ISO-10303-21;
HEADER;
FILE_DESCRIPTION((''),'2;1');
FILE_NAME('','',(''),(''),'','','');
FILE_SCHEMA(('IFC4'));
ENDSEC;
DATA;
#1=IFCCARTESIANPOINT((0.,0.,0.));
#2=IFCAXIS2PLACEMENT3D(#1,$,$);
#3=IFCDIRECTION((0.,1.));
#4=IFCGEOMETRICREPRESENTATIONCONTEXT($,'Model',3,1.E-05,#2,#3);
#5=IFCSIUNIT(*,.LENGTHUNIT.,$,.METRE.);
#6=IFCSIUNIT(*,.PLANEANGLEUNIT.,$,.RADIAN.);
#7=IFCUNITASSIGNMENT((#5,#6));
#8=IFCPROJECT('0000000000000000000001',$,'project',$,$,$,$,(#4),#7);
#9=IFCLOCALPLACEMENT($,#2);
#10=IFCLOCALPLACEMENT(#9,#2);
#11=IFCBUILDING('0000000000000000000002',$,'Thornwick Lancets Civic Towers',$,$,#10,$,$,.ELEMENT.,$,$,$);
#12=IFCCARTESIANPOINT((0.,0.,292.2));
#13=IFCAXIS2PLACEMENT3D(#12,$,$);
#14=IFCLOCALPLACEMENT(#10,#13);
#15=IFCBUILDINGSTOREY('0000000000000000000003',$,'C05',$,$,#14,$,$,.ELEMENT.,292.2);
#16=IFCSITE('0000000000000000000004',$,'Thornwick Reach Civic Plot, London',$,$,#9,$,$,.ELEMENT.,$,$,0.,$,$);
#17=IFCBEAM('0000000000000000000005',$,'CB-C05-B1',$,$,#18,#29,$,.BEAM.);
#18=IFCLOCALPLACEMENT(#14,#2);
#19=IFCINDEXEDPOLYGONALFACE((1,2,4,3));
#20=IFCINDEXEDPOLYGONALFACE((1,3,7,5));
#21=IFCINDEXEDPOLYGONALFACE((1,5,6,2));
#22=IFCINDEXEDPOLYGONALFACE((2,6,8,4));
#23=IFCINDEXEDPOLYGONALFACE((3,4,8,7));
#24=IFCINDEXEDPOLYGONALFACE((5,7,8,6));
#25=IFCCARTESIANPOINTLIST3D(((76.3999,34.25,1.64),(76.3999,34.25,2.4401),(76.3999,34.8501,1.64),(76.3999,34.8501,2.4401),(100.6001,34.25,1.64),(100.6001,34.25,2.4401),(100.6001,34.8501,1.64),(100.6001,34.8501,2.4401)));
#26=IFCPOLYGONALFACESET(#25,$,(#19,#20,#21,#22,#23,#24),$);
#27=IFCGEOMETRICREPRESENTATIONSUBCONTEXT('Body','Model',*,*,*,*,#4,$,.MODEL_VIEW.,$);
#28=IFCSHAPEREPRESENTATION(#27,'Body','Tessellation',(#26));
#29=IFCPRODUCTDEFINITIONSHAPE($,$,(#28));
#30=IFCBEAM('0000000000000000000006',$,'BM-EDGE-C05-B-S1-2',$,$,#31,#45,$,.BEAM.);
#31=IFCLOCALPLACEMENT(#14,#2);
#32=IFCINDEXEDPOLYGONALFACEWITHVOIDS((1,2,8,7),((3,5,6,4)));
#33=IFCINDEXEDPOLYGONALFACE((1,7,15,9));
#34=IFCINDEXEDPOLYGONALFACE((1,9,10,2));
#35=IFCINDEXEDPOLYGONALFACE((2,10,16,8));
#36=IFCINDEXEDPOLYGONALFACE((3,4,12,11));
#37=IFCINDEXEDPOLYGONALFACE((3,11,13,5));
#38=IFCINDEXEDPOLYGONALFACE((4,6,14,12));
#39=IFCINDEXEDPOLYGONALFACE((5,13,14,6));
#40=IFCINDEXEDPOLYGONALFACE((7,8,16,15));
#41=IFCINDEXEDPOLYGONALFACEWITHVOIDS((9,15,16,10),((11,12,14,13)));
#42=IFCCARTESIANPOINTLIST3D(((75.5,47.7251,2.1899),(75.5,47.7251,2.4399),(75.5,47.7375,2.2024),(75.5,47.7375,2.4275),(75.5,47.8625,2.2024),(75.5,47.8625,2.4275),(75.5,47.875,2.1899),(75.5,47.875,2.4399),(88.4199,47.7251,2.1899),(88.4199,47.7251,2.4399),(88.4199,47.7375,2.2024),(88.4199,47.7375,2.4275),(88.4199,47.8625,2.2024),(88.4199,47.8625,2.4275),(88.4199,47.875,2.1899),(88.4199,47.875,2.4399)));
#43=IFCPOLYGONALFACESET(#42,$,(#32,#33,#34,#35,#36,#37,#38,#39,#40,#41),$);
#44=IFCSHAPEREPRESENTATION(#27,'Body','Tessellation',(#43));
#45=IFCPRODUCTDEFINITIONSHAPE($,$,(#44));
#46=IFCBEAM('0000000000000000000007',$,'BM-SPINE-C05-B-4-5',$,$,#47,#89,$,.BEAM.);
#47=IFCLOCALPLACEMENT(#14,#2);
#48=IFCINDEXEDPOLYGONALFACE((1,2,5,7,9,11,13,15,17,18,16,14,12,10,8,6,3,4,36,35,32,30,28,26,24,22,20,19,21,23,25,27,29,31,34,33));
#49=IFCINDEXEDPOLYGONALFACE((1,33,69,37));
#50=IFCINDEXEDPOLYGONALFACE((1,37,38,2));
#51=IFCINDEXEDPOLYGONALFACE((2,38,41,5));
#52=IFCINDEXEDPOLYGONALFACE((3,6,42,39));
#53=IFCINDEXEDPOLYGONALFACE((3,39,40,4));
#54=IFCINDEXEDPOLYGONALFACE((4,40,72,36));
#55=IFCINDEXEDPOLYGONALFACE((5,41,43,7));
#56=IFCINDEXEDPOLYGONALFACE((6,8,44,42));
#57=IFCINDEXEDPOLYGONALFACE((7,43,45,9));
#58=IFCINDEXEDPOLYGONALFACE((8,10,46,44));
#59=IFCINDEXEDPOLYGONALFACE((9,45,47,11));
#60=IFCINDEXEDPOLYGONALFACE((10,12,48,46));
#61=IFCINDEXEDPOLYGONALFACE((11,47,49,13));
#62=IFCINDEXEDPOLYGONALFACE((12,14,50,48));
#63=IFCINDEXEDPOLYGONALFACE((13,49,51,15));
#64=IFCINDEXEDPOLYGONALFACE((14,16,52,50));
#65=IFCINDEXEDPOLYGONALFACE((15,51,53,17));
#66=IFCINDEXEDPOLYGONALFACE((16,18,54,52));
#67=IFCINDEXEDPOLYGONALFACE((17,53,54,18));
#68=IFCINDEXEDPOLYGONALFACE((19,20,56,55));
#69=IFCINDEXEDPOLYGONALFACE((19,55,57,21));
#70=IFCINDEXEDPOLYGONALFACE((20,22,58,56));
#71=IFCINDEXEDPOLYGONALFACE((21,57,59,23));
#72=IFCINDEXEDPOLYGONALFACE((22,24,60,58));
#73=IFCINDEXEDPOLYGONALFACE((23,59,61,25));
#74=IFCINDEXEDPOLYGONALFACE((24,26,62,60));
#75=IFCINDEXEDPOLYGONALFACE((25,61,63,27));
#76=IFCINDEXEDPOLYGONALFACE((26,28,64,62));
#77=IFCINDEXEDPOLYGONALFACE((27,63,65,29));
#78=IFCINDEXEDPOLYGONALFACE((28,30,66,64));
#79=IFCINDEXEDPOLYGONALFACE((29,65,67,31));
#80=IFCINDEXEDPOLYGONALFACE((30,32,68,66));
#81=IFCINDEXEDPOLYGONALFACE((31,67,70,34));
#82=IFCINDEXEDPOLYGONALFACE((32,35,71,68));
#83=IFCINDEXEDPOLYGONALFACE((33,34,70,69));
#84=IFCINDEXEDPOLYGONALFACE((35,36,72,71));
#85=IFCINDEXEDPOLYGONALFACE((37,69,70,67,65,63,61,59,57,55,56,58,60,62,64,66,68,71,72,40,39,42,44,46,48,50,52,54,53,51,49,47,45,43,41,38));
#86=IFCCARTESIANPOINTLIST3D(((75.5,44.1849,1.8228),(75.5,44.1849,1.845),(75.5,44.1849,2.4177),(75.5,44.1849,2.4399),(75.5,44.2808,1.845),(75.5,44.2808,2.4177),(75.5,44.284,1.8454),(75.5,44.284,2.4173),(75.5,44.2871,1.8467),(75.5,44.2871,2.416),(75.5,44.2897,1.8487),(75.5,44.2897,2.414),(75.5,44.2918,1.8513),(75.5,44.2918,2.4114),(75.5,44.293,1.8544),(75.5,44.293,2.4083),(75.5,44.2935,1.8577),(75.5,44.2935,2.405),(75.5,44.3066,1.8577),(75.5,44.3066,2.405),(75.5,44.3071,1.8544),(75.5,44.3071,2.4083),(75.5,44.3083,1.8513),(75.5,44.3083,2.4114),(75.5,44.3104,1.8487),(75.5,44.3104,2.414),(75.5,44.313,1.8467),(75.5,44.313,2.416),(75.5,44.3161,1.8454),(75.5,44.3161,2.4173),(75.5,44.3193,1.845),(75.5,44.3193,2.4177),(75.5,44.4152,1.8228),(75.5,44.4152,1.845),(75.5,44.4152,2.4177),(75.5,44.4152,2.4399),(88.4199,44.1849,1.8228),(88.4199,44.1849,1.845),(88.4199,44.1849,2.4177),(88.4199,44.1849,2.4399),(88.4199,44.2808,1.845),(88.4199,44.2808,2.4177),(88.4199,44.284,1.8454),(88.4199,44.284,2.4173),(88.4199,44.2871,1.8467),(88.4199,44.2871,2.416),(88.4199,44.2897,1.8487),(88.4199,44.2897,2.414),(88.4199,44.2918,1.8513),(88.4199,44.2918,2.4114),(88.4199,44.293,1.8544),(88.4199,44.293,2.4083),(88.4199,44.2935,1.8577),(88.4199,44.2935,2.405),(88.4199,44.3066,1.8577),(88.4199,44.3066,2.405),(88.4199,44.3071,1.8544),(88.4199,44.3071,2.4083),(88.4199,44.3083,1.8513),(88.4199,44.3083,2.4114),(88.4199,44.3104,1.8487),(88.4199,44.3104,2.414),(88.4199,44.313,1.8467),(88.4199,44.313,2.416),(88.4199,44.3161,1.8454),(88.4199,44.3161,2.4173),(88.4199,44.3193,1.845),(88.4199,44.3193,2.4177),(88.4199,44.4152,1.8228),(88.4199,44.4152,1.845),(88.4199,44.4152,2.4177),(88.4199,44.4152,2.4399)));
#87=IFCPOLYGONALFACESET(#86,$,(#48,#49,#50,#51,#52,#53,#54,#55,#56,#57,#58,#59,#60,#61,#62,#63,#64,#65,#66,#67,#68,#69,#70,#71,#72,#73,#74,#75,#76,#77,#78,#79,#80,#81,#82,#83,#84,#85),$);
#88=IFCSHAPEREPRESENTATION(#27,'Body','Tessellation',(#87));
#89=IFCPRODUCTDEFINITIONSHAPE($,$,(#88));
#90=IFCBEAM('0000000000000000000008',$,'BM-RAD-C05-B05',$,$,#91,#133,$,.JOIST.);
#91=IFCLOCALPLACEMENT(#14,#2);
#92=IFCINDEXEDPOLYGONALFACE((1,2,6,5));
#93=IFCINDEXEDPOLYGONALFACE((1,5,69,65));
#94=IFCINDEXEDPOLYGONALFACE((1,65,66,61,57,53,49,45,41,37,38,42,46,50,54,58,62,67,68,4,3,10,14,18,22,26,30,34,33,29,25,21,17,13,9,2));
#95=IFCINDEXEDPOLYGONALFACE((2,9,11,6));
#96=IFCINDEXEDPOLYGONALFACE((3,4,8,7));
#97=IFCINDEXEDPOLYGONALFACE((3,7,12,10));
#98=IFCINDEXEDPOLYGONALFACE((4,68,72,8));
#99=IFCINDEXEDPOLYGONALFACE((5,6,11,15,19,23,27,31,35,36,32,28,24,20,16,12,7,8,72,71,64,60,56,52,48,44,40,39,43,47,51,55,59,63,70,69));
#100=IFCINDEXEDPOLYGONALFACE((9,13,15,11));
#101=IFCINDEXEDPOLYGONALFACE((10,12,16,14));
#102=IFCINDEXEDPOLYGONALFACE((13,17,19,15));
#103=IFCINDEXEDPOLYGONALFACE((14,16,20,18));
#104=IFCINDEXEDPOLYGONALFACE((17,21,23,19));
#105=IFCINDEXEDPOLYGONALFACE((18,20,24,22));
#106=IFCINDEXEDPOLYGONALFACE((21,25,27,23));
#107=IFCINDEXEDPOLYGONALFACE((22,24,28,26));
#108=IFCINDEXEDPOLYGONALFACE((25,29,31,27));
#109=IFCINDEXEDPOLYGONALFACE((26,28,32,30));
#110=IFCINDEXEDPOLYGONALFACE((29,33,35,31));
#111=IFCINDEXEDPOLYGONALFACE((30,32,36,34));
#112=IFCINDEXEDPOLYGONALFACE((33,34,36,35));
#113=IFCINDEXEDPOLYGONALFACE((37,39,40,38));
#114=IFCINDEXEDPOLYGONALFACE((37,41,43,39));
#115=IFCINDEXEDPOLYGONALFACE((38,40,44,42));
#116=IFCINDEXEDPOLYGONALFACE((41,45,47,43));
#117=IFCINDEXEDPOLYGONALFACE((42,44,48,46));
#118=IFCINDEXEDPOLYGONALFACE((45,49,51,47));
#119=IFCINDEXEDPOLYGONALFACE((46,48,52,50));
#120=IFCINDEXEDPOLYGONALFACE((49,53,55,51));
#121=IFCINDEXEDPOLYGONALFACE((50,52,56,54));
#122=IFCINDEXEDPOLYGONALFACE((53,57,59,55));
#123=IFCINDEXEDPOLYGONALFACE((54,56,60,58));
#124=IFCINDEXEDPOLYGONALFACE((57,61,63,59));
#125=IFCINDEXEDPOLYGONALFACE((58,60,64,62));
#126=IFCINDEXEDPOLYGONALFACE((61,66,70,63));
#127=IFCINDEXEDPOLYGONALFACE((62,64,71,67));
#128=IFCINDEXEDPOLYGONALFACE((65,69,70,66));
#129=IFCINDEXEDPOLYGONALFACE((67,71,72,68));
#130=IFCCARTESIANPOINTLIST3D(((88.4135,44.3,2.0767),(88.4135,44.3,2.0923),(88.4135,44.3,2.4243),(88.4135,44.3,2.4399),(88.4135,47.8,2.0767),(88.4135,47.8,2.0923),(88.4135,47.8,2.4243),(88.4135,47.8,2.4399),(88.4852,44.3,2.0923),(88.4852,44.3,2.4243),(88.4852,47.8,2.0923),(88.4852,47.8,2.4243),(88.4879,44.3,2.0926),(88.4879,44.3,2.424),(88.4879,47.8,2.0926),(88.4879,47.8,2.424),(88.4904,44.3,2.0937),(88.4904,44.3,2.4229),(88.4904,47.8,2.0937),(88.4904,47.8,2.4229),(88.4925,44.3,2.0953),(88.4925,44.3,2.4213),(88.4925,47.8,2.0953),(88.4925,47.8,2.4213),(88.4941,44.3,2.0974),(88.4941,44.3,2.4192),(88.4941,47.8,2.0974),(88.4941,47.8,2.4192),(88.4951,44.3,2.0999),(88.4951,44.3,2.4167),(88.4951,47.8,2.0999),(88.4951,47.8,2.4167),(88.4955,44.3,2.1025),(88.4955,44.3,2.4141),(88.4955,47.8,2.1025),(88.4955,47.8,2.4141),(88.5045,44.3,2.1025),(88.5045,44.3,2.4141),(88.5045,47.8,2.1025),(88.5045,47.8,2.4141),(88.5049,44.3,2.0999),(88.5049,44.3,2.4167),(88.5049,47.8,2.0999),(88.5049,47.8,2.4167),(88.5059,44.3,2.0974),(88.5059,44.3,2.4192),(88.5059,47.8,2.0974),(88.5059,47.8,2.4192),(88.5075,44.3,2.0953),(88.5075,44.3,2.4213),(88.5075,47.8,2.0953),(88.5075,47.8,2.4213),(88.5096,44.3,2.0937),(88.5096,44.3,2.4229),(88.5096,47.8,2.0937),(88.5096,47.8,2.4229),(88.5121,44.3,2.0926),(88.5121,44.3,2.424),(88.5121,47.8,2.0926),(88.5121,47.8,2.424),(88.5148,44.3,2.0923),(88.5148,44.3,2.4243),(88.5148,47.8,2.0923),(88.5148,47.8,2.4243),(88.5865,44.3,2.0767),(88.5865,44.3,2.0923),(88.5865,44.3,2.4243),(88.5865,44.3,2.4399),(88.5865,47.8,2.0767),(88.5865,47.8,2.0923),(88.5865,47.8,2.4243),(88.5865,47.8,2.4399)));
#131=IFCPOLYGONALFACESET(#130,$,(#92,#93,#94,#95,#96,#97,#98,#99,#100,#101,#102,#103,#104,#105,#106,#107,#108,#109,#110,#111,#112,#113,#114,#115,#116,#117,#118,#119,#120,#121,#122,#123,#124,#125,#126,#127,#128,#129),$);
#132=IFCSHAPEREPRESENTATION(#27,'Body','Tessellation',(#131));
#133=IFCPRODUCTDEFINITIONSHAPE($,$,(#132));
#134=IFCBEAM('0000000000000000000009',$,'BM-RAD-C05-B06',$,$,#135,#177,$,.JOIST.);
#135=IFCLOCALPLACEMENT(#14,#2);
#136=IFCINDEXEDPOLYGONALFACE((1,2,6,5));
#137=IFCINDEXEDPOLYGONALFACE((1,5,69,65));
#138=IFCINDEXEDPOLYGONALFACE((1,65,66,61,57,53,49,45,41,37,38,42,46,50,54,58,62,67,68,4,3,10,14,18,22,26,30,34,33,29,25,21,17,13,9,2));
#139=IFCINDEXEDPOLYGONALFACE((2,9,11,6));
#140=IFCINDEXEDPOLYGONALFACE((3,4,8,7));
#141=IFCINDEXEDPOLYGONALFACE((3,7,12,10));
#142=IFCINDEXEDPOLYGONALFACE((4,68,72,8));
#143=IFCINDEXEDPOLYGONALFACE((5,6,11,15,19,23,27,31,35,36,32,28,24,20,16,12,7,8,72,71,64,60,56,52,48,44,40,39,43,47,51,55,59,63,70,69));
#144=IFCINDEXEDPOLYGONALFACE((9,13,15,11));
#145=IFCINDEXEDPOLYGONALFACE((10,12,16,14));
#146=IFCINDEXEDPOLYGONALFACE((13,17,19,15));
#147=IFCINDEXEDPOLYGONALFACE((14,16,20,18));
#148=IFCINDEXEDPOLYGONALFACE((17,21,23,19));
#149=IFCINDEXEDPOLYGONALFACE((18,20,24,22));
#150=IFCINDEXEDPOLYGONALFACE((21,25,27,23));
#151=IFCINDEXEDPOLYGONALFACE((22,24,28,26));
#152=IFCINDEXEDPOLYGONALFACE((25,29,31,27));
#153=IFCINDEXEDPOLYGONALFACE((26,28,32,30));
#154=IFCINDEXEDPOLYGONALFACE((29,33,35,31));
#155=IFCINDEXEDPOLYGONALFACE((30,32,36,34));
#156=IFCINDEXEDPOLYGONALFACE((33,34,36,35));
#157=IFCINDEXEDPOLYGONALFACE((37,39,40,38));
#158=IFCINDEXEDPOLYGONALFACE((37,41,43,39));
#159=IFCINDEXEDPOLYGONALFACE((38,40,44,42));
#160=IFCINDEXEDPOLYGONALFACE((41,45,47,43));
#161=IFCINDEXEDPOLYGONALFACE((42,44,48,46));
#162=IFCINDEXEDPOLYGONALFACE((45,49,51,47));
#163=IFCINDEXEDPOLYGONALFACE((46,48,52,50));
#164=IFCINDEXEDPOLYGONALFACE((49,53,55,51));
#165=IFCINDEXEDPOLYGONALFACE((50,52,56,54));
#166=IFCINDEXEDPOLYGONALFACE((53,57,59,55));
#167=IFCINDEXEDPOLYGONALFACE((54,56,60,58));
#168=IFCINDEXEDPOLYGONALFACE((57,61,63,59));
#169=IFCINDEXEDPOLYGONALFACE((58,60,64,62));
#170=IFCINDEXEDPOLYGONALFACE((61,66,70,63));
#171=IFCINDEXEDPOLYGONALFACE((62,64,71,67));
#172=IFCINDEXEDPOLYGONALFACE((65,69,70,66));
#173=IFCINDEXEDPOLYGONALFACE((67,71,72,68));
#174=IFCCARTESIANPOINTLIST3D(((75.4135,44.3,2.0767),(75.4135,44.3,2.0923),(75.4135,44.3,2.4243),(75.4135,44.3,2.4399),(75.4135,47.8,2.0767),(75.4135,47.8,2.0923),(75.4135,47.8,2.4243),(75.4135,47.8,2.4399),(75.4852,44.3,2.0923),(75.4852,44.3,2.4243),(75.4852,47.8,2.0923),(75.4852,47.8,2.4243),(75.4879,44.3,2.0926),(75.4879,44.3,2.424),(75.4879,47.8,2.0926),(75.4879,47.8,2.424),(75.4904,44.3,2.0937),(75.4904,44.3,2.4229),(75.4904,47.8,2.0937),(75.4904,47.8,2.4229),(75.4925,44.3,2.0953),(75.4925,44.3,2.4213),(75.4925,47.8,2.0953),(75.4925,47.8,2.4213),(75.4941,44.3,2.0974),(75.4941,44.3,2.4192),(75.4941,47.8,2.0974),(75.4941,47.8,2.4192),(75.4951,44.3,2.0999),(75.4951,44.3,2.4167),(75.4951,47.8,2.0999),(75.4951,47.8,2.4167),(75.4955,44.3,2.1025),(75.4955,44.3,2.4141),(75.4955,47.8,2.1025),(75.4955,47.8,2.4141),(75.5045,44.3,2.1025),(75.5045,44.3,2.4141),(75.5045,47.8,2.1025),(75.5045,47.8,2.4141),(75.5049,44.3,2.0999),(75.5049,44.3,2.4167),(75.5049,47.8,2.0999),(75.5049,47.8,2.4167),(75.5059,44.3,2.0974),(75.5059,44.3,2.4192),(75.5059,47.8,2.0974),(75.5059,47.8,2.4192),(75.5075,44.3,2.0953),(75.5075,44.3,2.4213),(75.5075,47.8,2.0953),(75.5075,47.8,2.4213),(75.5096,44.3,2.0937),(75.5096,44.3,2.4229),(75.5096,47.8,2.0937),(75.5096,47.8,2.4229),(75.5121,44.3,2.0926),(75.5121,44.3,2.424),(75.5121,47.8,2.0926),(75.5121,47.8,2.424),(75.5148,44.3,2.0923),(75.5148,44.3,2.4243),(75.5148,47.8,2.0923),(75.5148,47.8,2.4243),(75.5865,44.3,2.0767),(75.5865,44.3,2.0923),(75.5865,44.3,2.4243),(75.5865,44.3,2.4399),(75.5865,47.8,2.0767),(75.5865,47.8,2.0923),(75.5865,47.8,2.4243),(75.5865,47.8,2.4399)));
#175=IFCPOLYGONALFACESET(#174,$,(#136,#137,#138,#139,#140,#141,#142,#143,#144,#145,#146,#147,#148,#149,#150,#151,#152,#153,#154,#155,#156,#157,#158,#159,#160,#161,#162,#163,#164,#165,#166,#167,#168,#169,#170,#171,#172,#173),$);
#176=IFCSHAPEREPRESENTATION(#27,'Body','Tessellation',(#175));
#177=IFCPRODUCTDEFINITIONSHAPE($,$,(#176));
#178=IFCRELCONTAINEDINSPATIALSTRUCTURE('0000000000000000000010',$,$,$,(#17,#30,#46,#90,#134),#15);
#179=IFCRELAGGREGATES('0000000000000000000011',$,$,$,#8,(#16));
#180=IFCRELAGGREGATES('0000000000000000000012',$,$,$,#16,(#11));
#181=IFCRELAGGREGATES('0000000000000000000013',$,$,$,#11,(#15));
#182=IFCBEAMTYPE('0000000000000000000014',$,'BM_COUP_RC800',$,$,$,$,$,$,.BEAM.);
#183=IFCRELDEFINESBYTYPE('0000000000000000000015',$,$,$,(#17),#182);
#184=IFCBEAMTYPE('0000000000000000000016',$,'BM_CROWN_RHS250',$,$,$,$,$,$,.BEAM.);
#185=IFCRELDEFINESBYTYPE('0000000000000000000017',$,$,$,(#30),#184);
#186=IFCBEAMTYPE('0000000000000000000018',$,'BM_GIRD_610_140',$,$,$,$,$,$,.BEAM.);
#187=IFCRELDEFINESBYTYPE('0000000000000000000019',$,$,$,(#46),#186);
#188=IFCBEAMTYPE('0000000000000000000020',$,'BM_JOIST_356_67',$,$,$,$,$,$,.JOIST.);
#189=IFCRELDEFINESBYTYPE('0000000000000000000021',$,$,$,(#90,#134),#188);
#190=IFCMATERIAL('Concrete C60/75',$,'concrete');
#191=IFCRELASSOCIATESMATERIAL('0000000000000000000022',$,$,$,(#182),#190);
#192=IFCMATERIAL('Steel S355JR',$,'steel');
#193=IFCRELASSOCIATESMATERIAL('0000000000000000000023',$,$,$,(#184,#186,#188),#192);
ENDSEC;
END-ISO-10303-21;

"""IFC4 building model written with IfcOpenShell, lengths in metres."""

from ifc_helpers import new_model, si_unit, direction, frame, origin, origin_2d, place, context, subcontext, project, spatial, rectangle, hollow_rectangle, i_section, extrude, material, material_profile, profile_set, type_object, element, save


model = new_model("IFC4")

# Units and contexts
model_context = context("Model", 3, precision=1e-05, world=origin(), true_north=direction((0.0, 1.0)))
body_context = subcontext(model_context, "Body", "Model", "MODEL_VIEW")
ifc_project = project(units=[si_unit("LENGTHUNIT", "METRE"), si_unit("PLANEANGLEUNIT", "RADIAN")], contexts=[model_context])

# Site, building, storey
site_placement = place(None, origin())
site = spatial("IfcSite", under=ifc_project, at=site_placement, Name="Thornwick Reach Civic Plot, London", CompositionType="ELEMENT", RefElevation=0.0)
building_placement = place(site_placement, origin())
building = spatial("IfcBuilding", under=site, at=building_placement, Name="Thornwick Lancets Civic Towers", CompositionType="ELEMENT")
storey_placement = place(building_placement, frame((0.0, 0.0, 292.2)))
storey = spatial("IfcBuildingStorey", under=building, at=storey_placement, Name="C05", CompositionType="ELEMENT", Elevation=292.2)

# Shared definitions
ifc_material_1 = material(Name="Steel S355JR", Category="steel")

# Beams
ifc_material_2 = material(Name="Concrete C60/75", Category="concrete")
ifc_material_profile_1 = material_profile(ifc_material_2, rectangle(XDim=0.6001, YDim=0.8, at=origin_2d()), Name="RC 600x800")
ifc_profile_set_1 = profile_set([ifc_material_profile_1], Name="Concrete C60/75")
beam_type_1 = type_object("IfcBeamType", Name="BM_COUP_RC800", PredefinedType="BEAM", material=ifc_profile_set_1)
beam_1_placement = place(storey_placement, frame((76.3999, 34.55, 2.04), z_axis=(1.0, 0.0, 0.0), x_axis=(0.0, 1.0, 0.0)))
element("IfcBeam", 1, at=beam_1_placement, inside=storey, type_object=beam_type_1, Name="CB-C05-B1", PredefinedType="BEAM", context=body_context, shape_type="SweptSolid", body=[
    extrude(rectangle(XDim=0.6001, YDim=0.8, at=origin_2d()), origin(), (0.0, 0.0, 1.0), 24.2002),
])
ifc_material_profile_2 = material_profile(ifc_material_1, hollow_rectangle(XDim=0.1499, YDim=0.25, WallThickness=0.0125, at=origin_2d()), Name="RHS 250x150x12.5")
ifc_profile_set_2 = profile_set([ifc_material_profile_2], Name="Steel S355JR")
beam_type_2 = type_object("IfcBeamType", Name="BM_CROWN_RHS250", PredefinedType="BEAM", material=ifc_profile_set_2)
beam_2_placement = place(storey_placement, frame((88.4199, 47.8, 2.3149), z_axis=(-1.0, 0.0, 0.0), x_axis=(0.0, -1.0, 0.0)))
element("IfcBeam", 2, at=beam_2_placement, inside=storey, type_object=beam_type_2, Name="BM-EDGE-C05-B-S1-2", PredefinedType="BEAM", context=body_context, shape_type="SweptSolid", body=[
    extrude(hollow_rectangle(XDim=0.1499, YDim=0.25, WallThickness=0.0125, at=origin_2d()), origin(), (0.0, 0.0, 1.0), 12.9199),
])
ifc_material_profile_3 = material_profile(ifc_material_1, i_section(OverallWidth=0.2302, OverallDepth=0.6172, WebThickness=0.0132, FlangeThickness=0.0222, FilletRadius=0.0127, at=origin_2d()), Name="UKB 610x229x140")
ifc_profile_set_3 = profile_set([ifc_material_profile_3], Name="Steel S355JR")
beam_type_3 = type_object("IfcBeamType", Name="BM_GIRD_610_140", PredefinedType="BEAM", material=ifc_profile_set_3)
beam_3_placement = place(storey_placement, frame((88.4199, 44.3, 2.1313), z_axis=(-1.0, 0.0, 0.0), x_axis=(0.0, -1.0, 0.0)))
element("IfcBeam", 3, at=beam_3_placement, inside=storey, type_object=beam_type_3, Name="BM-SPINE-C05-B-4-5", PredefinedType="BEAM", context=body_context, shape_type="SweptSolid", body=[
    extrude(i_section(OverallWidth=0.2302, OverallDepth=0.6172, WebThickness=0.0132, FlangeThickness=0.0222, FilletRadius=0.0127, at=origin_2d()), origin(), (0.0, 0.0, 1.0), 12.9199),
])
ifc_material_profile_4 = material_profile(ifc_material_1, i_section(OverallWidth=0.1731, OverallDepth=0.3633, WebThickness=0.009, FlangeThickness=0.0156, FilletRadius=0.0103, at=origin_2d()), Name="UKB 356x171x67")
ifc_profile_set_4 = profile_set([ifc_material_profile_4], Name="Steel S355JR")
beam_type_4 = type_object("IfcBeamType", Name="BM_JOIST_356_67", PredefinedType="JOIST", material=ifc_profile_set_4)
for number, where, z_axis, x_axis, name in (
    (4, (88.5, 44.3, 2.2583), (0.0, 1.0, 0.0), (-1.0, 0.0, 0.0), "BM-RAD-C05-B05"),
    (5, (75.5, 44.3, 2.2583), (0.0, 1.0, 0.0), (-1.0, 0.0, 0.0), "BM-RAD-C05-B06"),
):
    element("IfcBeam", number, at=place(storey_placement, frame(where, z_axis=z_axis, x_axis=x_axis)), inside=storey, type_object=beam_type_4, Name=name, PredefinedType="JOIST", context=body_context, shape_type="SweptSolid", body=[
        extrude(i_section(OverallWidth=0.1731, OverallDepth=0.3633, WebThickness=0.009, FlangeThickness=0.0156, FilletRadius=0.0103, at=origin_2d()), origin(), (0.0, 0.0, 1.0), 3.5),
    ])

save(model, "model.ifc")
